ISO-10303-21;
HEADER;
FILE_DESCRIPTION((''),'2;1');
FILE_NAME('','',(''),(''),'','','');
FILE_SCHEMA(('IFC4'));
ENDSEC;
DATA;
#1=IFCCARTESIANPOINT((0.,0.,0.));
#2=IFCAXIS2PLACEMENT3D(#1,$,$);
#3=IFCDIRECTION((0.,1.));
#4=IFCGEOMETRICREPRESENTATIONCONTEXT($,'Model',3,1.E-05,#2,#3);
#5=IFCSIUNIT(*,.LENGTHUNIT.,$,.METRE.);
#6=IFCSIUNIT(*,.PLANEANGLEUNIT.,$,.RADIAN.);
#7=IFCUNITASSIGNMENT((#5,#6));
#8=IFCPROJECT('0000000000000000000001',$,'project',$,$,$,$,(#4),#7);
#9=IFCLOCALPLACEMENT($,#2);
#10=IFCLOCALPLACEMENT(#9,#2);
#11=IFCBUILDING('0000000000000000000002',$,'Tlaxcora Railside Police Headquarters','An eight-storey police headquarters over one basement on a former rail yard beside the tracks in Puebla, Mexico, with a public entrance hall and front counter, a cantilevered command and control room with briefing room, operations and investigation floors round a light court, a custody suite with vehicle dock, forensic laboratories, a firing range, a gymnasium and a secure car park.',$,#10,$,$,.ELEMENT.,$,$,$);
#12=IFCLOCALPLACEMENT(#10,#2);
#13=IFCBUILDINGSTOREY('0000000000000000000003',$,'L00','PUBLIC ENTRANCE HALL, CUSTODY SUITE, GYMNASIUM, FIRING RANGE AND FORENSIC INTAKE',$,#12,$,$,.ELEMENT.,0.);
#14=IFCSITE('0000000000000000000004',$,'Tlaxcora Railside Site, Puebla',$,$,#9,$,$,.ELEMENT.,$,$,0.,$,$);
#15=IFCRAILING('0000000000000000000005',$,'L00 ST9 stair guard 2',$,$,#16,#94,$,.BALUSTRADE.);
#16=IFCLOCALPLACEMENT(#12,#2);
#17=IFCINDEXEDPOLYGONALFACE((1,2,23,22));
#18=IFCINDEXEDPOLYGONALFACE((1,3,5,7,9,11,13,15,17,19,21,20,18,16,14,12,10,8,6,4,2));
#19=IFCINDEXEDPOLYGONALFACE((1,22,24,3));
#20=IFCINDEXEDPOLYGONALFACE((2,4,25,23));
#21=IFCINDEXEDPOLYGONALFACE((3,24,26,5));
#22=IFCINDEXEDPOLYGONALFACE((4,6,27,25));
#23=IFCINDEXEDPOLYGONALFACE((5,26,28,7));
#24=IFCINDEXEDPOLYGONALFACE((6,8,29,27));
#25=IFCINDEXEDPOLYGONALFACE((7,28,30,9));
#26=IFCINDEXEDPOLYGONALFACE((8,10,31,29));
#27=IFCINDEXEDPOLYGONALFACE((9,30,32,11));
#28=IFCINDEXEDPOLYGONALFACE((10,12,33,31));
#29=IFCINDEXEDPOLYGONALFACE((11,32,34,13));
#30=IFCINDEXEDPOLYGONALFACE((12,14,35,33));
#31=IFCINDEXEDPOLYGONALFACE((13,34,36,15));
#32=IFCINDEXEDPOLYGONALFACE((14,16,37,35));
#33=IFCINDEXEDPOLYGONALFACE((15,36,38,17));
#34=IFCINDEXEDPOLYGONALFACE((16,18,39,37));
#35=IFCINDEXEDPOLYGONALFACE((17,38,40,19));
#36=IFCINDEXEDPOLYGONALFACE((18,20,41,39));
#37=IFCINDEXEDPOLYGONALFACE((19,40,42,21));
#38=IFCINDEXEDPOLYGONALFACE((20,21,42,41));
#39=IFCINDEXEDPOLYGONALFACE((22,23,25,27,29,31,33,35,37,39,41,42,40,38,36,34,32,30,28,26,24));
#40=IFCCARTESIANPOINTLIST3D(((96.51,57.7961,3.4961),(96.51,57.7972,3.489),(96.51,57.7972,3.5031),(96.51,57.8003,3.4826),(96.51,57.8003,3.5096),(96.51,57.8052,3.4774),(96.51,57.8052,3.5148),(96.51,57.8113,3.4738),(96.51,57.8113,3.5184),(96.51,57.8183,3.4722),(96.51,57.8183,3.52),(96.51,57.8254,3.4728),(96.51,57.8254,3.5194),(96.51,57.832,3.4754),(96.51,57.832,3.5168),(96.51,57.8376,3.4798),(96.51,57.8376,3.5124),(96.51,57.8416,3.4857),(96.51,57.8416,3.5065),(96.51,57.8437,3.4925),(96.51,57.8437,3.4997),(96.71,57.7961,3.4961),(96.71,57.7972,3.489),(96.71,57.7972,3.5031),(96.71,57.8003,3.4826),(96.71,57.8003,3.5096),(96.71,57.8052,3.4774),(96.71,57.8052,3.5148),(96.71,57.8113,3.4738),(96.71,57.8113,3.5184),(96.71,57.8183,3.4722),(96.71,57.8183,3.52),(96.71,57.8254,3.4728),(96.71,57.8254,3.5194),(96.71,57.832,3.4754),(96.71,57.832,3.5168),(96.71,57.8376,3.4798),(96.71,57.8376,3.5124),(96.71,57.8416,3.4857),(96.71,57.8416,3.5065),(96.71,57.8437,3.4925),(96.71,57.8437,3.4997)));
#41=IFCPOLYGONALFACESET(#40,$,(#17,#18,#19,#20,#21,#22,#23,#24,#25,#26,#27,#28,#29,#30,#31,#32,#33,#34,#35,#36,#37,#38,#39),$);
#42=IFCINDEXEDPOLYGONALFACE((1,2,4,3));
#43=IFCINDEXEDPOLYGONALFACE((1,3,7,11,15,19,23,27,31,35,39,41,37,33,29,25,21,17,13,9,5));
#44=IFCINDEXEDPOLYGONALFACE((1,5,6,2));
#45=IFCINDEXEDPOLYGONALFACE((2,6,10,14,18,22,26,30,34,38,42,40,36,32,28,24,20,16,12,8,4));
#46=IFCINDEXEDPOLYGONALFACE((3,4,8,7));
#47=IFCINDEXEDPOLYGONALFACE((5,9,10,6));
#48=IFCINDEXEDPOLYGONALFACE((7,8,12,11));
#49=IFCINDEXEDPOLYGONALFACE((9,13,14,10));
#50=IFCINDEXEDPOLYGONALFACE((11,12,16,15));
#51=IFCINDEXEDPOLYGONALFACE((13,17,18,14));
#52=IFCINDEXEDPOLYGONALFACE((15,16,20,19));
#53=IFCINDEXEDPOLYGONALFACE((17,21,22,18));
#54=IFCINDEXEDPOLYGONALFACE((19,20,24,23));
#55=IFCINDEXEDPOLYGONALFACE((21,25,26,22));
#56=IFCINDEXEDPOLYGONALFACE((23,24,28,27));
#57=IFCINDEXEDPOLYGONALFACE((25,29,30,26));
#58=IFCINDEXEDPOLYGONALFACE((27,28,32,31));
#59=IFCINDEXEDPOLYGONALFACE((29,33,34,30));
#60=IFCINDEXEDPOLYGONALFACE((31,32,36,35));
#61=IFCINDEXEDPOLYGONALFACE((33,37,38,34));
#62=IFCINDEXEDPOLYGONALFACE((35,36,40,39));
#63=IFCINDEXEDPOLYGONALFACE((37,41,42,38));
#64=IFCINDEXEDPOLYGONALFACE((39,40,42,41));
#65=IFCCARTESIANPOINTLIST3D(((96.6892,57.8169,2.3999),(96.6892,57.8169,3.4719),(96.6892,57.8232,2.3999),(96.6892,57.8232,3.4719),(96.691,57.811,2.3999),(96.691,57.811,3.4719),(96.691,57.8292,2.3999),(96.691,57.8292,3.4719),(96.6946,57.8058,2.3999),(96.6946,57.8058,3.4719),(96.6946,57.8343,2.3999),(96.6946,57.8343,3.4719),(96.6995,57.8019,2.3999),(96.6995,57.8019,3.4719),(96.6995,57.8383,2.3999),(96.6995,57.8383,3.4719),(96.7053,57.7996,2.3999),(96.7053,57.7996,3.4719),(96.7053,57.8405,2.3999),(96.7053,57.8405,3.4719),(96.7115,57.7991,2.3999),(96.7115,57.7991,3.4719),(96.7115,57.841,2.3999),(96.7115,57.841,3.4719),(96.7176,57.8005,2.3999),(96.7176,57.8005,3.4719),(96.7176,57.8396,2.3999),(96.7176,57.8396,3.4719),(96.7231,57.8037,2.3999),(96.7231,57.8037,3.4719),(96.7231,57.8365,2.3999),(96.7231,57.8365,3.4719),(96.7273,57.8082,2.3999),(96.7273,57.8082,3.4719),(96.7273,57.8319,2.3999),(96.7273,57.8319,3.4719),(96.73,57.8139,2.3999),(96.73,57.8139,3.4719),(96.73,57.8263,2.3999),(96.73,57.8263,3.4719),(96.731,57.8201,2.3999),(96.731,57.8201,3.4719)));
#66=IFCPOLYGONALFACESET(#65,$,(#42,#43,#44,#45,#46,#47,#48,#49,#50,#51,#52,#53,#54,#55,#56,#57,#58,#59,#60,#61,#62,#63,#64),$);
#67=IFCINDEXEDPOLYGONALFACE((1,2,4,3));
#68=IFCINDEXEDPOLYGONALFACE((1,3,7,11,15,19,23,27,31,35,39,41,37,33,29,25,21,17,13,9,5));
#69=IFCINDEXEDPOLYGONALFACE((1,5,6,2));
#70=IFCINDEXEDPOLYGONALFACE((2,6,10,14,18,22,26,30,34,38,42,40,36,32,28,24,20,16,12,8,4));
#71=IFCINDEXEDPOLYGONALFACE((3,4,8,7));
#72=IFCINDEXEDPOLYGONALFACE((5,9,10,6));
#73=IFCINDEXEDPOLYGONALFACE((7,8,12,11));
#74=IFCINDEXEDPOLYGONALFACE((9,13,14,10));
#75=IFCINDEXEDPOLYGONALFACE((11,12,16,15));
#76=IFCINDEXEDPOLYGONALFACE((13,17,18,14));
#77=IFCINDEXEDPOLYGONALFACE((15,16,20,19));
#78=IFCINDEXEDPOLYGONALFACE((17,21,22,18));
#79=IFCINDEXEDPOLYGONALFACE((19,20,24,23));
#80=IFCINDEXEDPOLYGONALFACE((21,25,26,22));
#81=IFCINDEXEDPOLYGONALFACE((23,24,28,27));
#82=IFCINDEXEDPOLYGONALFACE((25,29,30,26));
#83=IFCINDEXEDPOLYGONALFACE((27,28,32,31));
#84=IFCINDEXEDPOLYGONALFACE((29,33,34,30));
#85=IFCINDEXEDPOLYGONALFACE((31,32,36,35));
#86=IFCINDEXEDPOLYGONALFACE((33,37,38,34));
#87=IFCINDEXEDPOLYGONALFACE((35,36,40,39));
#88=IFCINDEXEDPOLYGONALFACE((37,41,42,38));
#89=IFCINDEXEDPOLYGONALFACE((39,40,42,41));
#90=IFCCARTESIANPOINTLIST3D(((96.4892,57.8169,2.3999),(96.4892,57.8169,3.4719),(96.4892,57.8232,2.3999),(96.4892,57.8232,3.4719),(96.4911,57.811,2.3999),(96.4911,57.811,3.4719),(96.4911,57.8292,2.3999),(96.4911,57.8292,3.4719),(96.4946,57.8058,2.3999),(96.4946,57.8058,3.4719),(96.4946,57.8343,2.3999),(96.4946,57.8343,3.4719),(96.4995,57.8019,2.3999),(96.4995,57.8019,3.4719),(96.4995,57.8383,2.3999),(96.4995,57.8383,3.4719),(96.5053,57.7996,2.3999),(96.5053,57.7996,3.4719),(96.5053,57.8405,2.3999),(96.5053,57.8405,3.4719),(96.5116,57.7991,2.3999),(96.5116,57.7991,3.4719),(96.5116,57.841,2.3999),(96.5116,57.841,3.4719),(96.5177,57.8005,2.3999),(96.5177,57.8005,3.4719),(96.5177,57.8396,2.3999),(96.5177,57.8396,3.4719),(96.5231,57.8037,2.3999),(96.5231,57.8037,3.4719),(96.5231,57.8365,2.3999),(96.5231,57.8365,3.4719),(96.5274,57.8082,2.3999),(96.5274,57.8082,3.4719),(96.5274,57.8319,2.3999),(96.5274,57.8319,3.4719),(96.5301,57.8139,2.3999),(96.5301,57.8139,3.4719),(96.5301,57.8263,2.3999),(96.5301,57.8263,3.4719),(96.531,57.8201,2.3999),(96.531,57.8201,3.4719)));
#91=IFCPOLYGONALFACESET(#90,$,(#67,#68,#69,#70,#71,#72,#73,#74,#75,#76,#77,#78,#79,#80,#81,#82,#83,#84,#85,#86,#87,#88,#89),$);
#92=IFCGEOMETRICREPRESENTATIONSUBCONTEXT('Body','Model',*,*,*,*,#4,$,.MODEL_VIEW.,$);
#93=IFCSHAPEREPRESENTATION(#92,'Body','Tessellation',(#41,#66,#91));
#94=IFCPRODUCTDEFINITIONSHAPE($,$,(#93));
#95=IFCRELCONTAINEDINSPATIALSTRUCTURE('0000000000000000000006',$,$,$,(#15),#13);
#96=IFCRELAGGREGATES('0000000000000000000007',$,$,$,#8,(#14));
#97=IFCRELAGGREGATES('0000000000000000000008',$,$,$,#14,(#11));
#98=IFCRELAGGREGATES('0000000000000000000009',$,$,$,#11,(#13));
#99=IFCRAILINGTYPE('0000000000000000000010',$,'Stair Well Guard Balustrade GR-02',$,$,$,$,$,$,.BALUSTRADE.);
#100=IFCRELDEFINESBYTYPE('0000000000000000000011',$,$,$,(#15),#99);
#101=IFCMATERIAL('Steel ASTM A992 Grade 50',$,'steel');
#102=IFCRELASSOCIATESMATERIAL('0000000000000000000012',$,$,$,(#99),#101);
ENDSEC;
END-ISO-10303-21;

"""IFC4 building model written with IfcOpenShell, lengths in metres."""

from ifc_helpers import new_model, si_unit, direction, frame, origin, origin_2d, place, context, subcontext, project, spatial, circle, extrude, material, type_object, element, save


model = new_model("IFC4")

# Units and contexts
model_context = context("Model", 3, precision=1e-05, world=origin(), true_north=direction((0.0, 1.0)))
body_context = subcontext(model_context, "Body", "Model", "MODEL_VIEW")
ifc_project = project(units=[si_unit("LENGTHUNIT", "METRE"), si_unit("PLANEANGLEUNIT", "RADIAN")], contexts=[model_context])

# Site, building, storey
site_placement = place(None, origin())
site = spatial("IfcSite", under=ifc_project, at=site_placement, Name="Tlaxcora Railside Site, Puebla", CompositionType="ELEMENT", RefElevation=0.0)
building_placement = place(site_placement, origin())
building = spatial("IfcBuilding", under=site, at=building_placement, Name="Tlaxcora Railside Police Headquarters", Description="An eight-storey police headquarters over one basement on a former rail yard beside the tracks in Puebla, Mexico, with a public entrance hall and front counter, a cantilevered command and control room with briefing room, operations and investigation floors round a light court, a custody suite with vehicle dock, forensic laboratories, a firing range, a gymnasium and a secure car park.", CompositionType="ELEMENT")
storey_placement = place(building_placement, origin())
storey = spatial("IfcBuildingStorey", under=building, at=storey_placement, Name="L00", Description="PUBLIC ENTRANCE HALL, CUSTODY SUITE, GYMNASIUM, FIRING RANGE AND FORENSIC INTAKE", CompositionType="ELEMENT", Elevation=0.0)

# Shared definitions
ifc_material_1 = material(Name="Steel ASTM A992 Grade 50", Category="steel")

# Railing
railing_type_1 = type_object("IfcRailingType", Name="Stair Well Guard Balustrade GR-02", PredefinedType="BALUSTRADE", material=ifc_material_1)
railing_1_placement = place(storey_placement, frame((96.71, 57.8201, 2.3999)))
element("IfcRailing", 1, at=railing_1_placement, inside=storey, type_object=railing_type_1, Name="L00 ST9 stair guard 2", PredefinedType="BALUSTRADE", context=body_context, shape_type="SweptSolid", body=[
    extrude(circle(Radius=0.0239, at=origin_2d()), frame((0.0, 0.0, 1.0962), z_axis=(-1.0, 0.0, 0.0), x_axis=(0.0, -1.0, 0.0)), (0.0, 0.0, 1.0), 0.2),
    extrude(circle(Radius=0.021, at=origin_2d()), origin(), (0.0, 0.0, 1.0), 1.072),
    extrude(circle(Radius=0.021, at=origin_2d()), frame((-0.2, 0.0, 0.0)), (0.0, 0.0, 1.0), 1.072),
])

save(model, "model.ifc")
